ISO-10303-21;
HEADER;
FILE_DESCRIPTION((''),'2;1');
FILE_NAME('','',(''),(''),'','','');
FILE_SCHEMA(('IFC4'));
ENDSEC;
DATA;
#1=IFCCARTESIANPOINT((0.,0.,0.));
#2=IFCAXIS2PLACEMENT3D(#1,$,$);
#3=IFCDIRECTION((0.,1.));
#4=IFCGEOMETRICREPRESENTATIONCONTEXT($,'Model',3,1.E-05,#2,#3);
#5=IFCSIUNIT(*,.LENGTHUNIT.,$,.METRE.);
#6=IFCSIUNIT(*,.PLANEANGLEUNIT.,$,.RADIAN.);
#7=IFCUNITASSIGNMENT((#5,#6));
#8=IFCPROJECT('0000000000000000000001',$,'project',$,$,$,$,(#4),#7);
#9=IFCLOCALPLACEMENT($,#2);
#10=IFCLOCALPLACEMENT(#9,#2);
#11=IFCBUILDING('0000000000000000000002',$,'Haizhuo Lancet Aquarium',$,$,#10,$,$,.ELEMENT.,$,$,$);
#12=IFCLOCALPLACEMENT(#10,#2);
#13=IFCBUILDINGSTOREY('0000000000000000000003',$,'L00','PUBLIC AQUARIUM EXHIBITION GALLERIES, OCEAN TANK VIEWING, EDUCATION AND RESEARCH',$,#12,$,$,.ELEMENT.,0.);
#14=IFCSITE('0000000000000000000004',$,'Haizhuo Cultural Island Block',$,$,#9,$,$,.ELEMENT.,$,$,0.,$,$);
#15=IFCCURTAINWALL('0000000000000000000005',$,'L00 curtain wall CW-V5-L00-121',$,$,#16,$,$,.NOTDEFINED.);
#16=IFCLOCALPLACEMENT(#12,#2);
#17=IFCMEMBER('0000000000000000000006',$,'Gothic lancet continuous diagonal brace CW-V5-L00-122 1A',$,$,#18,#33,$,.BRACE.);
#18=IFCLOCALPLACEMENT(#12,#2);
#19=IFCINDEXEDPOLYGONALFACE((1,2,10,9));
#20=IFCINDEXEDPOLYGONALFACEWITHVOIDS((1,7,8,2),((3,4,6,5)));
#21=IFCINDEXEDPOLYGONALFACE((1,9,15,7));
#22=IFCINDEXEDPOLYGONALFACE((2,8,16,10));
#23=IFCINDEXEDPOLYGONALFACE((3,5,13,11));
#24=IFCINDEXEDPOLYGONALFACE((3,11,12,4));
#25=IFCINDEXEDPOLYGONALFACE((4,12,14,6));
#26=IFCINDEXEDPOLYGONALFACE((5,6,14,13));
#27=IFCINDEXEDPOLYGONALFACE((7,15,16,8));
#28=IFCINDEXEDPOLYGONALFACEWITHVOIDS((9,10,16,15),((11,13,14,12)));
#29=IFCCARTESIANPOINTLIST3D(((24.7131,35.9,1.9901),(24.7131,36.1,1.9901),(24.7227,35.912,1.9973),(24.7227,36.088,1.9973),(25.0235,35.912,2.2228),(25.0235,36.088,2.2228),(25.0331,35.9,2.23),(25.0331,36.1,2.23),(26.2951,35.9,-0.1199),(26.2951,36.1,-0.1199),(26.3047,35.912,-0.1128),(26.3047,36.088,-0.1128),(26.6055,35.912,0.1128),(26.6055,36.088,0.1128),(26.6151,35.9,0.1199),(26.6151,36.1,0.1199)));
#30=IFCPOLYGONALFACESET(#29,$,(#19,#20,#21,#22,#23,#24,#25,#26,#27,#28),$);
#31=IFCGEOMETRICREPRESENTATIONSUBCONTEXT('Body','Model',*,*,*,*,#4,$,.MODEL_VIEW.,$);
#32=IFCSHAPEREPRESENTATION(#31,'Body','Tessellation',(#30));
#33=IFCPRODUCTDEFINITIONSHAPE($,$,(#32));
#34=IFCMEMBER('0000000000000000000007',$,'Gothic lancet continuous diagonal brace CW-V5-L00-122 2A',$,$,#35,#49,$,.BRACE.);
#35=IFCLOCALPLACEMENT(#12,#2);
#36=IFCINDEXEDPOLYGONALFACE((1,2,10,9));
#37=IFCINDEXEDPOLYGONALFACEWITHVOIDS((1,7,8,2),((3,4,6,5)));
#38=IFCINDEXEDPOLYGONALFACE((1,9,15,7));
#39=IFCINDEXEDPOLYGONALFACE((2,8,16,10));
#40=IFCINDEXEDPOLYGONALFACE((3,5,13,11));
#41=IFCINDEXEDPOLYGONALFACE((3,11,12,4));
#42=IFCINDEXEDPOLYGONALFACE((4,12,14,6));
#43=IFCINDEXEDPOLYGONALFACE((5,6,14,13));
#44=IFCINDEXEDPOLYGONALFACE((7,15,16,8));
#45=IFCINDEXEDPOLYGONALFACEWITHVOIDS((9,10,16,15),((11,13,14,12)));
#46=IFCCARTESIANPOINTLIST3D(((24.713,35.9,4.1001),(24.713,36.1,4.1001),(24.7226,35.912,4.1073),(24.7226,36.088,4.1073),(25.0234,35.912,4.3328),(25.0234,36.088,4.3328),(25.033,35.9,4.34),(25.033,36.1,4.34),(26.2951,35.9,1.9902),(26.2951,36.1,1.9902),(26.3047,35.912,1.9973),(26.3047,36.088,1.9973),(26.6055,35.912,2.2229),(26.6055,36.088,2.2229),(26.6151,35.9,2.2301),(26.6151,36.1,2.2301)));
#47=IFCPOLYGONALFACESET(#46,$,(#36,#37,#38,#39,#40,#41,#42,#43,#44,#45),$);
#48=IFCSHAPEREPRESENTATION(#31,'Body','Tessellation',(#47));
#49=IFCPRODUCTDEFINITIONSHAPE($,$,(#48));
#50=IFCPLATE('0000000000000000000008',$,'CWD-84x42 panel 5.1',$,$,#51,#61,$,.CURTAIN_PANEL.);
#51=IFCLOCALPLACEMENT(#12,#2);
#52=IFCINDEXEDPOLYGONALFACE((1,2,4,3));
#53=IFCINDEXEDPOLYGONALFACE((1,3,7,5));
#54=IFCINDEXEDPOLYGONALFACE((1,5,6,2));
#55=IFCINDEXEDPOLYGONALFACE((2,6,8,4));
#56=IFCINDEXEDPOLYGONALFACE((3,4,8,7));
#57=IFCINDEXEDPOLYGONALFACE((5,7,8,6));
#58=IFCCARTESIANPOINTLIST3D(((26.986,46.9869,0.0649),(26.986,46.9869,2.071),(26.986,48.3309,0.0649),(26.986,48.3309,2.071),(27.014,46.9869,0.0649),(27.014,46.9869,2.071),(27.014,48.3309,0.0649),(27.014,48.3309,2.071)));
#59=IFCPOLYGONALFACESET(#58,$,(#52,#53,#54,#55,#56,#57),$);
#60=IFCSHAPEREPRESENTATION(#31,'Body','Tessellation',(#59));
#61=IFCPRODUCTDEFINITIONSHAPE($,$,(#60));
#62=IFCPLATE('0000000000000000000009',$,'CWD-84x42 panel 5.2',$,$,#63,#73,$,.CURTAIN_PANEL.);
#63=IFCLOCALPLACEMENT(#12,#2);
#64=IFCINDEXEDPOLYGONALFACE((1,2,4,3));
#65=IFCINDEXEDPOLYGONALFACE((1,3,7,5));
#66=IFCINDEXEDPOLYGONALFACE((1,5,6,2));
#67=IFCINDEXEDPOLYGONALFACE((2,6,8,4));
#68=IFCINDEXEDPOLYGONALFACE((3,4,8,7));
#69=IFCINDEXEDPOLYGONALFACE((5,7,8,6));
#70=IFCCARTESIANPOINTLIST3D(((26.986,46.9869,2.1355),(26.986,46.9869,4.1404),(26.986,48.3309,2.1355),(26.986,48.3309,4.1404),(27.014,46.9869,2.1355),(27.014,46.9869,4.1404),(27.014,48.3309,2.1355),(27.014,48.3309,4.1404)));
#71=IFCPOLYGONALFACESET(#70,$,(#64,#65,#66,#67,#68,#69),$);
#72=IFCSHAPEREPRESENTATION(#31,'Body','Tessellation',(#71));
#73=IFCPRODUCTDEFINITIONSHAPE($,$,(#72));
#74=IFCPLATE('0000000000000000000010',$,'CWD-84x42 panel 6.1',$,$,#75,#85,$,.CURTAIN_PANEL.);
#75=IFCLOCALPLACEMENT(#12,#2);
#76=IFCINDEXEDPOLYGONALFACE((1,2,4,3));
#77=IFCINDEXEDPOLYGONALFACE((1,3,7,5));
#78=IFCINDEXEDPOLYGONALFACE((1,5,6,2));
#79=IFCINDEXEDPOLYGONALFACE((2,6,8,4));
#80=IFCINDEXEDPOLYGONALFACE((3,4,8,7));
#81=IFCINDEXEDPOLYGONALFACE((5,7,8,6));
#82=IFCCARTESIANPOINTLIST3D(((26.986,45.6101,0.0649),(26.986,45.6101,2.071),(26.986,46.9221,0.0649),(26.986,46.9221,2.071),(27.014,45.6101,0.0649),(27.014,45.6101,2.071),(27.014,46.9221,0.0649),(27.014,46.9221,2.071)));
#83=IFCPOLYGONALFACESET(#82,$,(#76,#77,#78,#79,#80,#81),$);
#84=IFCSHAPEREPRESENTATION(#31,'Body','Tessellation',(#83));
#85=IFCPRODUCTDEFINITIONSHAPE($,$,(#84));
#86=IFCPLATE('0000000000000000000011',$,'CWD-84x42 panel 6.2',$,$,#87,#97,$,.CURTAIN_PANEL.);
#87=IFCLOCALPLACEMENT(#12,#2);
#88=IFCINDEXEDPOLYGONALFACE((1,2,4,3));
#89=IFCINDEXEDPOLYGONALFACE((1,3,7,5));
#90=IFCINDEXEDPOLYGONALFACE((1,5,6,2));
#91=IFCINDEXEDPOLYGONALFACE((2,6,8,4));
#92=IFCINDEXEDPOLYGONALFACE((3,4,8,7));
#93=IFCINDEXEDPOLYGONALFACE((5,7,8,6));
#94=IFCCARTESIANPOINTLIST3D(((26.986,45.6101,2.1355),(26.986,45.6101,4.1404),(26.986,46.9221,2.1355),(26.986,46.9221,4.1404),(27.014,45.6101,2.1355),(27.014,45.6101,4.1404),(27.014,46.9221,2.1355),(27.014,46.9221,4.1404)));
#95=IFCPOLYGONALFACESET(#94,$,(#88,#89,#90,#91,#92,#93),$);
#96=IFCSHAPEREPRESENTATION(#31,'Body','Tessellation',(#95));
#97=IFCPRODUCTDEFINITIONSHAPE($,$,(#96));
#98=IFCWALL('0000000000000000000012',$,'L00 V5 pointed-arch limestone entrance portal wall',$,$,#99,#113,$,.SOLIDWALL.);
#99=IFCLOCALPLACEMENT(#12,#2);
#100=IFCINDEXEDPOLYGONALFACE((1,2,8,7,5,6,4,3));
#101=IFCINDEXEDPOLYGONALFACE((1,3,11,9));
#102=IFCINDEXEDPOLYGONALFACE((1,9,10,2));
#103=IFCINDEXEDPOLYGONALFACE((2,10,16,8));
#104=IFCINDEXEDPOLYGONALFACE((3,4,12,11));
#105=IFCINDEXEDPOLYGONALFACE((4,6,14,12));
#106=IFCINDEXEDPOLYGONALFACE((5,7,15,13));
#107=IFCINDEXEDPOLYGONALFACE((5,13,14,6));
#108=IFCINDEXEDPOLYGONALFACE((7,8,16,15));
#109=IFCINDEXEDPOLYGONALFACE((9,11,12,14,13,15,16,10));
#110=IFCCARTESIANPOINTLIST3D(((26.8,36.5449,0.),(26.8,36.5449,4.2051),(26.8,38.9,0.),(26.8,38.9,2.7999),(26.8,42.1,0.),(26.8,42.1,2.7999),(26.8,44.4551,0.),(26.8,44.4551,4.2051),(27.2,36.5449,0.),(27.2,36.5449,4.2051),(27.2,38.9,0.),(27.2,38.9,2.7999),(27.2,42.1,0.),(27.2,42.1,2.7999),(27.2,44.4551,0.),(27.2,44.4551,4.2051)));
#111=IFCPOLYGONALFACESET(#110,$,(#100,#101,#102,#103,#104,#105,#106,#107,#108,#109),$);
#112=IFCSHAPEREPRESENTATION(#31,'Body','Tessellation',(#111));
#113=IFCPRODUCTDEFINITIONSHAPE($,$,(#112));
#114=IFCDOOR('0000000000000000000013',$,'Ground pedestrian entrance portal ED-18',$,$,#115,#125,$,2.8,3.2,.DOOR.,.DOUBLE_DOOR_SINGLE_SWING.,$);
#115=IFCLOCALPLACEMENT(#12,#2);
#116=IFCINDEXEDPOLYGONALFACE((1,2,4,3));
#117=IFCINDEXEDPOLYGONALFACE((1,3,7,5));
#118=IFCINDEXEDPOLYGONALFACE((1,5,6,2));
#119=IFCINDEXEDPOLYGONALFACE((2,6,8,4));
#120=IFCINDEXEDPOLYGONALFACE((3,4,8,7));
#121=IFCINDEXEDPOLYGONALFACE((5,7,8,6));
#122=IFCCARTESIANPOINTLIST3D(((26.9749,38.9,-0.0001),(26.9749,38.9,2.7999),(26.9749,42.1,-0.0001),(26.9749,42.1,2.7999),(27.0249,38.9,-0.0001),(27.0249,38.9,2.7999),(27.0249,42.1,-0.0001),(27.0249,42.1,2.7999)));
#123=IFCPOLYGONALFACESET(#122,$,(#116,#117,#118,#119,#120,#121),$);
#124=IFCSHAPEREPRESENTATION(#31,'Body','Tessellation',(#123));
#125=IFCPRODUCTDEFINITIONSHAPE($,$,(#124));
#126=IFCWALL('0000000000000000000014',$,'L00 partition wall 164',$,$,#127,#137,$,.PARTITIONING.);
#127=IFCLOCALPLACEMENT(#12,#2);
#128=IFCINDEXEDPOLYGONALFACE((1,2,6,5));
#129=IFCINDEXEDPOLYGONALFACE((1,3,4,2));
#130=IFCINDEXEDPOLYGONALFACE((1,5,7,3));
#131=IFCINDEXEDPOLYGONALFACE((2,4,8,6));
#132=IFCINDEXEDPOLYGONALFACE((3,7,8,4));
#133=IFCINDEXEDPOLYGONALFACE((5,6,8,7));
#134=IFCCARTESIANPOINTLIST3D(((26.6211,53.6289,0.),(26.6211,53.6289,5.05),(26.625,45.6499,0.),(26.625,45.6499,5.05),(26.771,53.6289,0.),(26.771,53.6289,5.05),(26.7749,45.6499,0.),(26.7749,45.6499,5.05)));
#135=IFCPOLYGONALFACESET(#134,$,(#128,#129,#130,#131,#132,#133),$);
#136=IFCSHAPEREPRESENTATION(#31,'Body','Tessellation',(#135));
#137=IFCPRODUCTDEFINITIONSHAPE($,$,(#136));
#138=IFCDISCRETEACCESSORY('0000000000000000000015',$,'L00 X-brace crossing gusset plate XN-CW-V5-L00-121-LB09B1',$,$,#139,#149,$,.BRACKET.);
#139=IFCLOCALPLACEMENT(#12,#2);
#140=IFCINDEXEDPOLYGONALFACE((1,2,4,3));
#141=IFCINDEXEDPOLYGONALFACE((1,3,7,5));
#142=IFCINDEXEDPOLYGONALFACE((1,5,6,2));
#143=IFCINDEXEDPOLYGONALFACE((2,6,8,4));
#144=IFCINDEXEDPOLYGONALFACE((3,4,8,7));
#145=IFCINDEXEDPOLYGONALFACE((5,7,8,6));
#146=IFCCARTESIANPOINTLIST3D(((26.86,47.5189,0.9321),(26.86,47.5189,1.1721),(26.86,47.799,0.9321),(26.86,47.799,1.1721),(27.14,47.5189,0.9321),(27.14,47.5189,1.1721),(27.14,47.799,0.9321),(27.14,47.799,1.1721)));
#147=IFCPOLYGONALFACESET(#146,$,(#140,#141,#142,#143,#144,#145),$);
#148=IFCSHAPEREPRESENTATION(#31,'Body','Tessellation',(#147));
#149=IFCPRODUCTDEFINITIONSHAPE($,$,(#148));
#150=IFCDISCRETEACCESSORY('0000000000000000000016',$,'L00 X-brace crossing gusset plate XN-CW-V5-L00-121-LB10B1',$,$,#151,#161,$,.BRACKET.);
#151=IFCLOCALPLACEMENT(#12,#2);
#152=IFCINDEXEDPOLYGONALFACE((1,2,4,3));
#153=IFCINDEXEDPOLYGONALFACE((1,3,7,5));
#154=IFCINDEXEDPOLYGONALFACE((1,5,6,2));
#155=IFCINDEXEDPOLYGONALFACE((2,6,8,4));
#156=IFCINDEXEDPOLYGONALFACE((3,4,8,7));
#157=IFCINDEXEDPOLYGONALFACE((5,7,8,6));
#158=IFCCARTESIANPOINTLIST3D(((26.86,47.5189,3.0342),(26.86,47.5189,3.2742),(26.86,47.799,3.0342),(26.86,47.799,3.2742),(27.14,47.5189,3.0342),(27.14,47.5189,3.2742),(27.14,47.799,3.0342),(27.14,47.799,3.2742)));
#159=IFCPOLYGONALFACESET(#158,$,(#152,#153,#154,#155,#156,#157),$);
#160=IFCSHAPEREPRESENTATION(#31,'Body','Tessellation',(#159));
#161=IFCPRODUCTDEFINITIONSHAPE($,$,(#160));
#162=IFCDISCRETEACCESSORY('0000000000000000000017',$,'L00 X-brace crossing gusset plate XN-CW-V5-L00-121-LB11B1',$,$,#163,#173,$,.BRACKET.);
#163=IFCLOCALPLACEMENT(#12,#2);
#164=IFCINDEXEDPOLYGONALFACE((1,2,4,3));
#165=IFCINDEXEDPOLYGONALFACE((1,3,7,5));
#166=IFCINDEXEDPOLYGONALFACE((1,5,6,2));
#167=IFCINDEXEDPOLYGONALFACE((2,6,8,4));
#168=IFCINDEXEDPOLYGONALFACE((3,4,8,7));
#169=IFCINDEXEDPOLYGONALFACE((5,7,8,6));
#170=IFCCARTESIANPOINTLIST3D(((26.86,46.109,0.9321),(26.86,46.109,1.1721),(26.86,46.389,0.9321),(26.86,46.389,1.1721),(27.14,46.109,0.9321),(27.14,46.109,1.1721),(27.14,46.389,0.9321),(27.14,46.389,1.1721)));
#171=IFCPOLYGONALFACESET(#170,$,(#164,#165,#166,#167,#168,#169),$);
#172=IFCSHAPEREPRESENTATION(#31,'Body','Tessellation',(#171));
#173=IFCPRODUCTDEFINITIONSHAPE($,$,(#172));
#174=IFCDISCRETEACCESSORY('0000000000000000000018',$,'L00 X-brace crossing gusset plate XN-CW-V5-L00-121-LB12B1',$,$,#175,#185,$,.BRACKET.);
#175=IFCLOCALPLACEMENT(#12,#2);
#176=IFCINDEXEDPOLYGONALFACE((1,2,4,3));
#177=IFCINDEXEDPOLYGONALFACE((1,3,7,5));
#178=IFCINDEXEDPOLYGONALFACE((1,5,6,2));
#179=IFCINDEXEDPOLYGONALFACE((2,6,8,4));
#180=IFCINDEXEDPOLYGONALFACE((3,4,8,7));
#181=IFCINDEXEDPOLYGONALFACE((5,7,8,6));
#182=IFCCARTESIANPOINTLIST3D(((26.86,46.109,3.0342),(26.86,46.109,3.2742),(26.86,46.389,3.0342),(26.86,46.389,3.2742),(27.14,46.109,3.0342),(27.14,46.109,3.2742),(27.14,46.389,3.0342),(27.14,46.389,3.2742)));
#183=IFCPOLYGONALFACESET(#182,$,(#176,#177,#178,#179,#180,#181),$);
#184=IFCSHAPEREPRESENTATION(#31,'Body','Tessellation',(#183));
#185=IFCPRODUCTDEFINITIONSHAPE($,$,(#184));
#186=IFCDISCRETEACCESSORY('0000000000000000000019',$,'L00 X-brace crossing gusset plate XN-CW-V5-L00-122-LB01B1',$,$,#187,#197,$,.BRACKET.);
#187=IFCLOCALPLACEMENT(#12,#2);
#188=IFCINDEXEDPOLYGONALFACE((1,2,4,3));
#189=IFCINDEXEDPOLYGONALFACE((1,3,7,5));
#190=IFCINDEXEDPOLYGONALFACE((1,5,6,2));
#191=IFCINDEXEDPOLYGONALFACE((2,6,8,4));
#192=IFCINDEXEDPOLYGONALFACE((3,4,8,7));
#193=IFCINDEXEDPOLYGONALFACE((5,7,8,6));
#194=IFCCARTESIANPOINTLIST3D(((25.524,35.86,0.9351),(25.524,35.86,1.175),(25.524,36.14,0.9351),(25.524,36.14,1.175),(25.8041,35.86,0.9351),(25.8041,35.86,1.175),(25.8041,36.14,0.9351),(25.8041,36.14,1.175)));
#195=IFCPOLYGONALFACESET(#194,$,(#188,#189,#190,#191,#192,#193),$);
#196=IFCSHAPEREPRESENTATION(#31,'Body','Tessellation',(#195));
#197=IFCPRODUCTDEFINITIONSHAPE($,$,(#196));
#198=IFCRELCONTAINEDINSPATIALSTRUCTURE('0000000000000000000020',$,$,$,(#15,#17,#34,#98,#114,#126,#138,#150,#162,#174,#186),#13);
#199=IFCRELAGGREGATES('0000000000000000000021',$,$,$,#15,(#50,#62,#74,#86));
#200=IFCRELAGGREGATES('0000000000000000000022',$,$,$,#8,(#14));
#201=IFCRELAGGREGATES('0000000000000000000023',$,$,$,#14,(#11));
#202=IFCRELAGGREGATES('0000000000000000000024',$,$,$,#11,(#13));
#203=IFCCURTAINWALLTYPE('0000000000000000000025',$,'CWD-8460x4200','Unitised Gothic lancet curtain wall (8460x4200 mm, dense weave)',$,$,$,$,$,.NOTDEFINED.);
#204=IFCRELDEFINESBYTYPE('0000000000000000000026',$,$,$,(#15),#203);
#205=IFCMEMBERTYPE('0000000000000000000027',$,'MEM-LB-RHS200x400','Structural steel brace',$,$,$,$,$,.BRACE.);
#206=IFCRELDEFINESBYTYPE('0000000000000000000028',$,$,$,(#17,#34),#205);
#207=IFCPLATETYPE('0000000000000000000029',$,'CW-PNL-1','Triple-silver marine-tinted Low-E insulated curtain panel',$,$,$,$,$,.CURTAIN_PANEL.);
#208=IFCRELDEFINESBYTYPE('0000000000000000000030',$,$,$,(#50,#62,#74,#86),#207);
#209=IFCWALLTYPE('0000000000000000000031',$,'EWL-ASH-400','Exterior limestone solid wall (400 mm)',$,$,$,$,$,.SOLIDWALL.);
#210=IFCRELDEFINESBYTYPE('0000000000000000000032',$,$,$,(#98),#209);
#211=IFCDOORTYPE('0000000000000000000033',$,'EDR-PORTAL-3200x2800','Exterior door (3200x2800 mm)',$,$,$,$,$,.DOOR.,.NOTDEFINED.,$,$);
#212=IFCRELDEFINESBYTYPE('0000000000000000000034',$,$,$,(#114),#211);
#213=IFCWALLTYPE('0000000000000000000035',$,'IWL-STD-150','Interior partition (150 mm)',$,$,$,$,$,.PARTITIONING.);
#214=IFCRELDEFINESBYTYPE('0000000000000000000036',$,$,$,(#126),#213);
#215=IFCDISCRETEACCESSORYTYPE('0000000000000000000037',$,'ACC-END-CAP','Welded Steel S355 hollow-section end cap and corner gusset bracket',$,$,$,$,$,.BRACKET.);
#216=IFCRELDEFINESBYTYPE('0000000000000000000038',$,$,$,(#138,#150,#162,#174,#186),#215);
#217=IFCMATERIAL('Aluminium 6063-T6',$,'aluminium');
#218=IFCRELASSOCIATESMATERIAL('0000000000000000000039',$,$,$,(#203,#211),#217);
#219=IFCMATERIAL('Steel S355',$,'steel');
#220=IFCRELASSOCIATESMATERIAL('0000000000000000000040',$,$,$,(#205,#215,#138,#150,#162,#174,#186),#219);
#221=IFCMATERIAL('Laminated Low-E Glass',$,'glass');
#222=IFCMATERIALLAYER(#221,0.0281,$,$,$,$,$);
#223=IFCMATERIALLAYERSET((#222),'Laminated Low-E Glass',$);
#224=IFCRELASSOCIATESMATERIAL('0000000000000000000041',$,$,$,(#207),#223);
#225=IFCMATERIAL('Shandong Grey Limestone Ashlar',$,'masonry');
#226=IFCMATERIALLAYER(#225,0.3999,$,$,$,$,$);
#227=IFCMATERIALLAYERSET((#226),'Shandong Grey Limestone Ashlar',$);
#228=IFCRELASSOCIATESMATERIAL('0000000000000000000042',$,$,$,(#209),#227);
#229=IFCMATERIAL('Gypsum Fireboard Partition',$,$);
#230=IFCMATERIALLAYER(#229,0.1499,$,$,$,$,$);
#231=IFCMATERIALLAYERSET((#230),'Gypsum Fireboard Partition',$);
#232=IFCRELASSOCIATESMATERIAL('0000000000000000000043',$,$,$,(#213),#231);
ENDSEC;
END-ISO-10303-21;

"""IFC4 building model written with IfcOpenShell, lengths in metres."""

from ifc_helpers import new_model, si_unit, direction, frame, frame_2d, origin, origin_2d, place, context, subcontext, project, spatial, rectangle, hollow_rectangle, extrude, material, layer, layer_set, material_profile, profile_set, type_object, element, fill, aggregate, save


model = new_model("IFC4")

# Units and contexts
model_context = context("Model", 3, precision=1e-05, world=origin(), true_north=direction((0.0, 1.0)))
body_context = subcontext(model_context, "Body", "Model", "MODEL_VIEW")
ifc_project = project(units=[si_unit("LENGTHUNIT", "METRE"), si_unit("PLANEANGLEUNIT", "RADIAN")], contexts=[model_context])

# Site, building, storey
site_placement = place(None, origin())
site = spatial("IfcSite", under=ifc_project, at=site_placement, Name="Haizhuo Cultural Island Block", CompositionType="ELEMENT", RefElevation=0.0)
building_placement = place(site_placement, origin())
building = spatial("IfcBuilding", under=site, at=building_placement, Name="Haizhuo Lancet Aquarium", CompositionType="ELEMENT")
storey_placement = place(building_placement, origin())
storey = spatial("IfcBuildingStorey", under=building, at=storey_placement, Name="L00", Description="PUBLIC AQUARIUM EXHIBITION GALLERIES, OCEAN TANK VIEWING, EDUCATION AND RESEARCH", CompositionType="ELEMENT", Elevation=0.0)

# Curtain wall
ifc_material_1 = material(Name="Aluminium 6063-T6", Category="aluminium")
curtain_wall_type_1 = type_object("IfcCurtainWallType", Name="CWD-8460x4200", Description="Unitised Gothic lancet curtain wall (8460x4200 mm, dense weave)", PredefinedType="NOTDEFINED", material=ifc_material_1)
curtain_wall_1_placement = place(storey_placement, origin())
curtain_wall_1 = element("IfcCurtainWall", 1, at=curtain_wall_1_placement, inside=storey, type_object=curtain_wall_type_1, Name="L00 curtain wall CW-V5-L00-121", PredefinedType="NOTDEFINED")

# Members
ifc_material_2 = material(Name="Steel S355", Category="steel")
ifc_material_profile_1 = material_profile(ifc_material_2, hollow_rectangle(XDim=0.2, YDim=0.3999, WallThickness=0.012, at=origin_2d()), Name="RHS 200x400x12")
ifc_profile_set_1 = profile_set([ifc_material_profile_1], Name="Steel S355")
member_type_1 = type_object("IfcMemberType", Name="MEM-LB-RHS200x400", Description="Structural steel brace", PredefinedType="BRACE", material=ifc_profile_set_1)
for number, where, z_axis, x_axis, name in (
    (2, (26.4551, 36.0, 0.0), (-0.599867, 0.0, 0.8001), (0.0, -1.0, 0.0), "Gothic lancet continuous diagonal brace CW-V5-L00-122 1A"),
    (3, (26.4551, 36.0, 2.1101), (-0.599911, 0.0, 0.800067), (0.0, -1.0, 0.0), "Gothic lancet continuous diagonal brace CW-V5-L00-122 2A"),
):
    element("IfcMember", number, at=place(storey_placement, frame(where, z_axis=z_axis, x_axis=x_axis)), inside=storey, type_object=member_type_1, Name=name, PredefinedType="BRACE", context=body_context, shape_type="SweptSolid", body=[
        extrude(hollow_rectangle(XDim=0.2, YDim=0.3999, WallThickness=0.012, at=origin_2d()), origin(), (0.0, 0.0, 1.0), 2.6372),
    ])

# Plates
ifc_material_3 = material(Name="Laminated Low-E Glass", Category="glass")
ifc_layer_1 = layer(ifc_material_3, 0.0281)
ifc_layer_set_1 = layer_set([ifc_layer_1], Name="Laminated Low-E Glass")
plate_type = type_object("IfcPlateType", Name="CW-PNL-1", Description="Triple-silver marine-tinted Low-E insulated curtain panel", PredefinedType="CURTAIN_PANEL", material=ifc_layer_set_1)
plate_1_placement = place(storey_placement, frame((27.0, 47.6589, 0.0649), z_axis=(0.0, 0.0, 1.0), x_axis=(0.0, -1.0, 0.0)))
plate_1 = element("IfcPlate", 4, at=plate_1_placement, type_object=plate_type, Name="CWD-84x42 panel 5.1", PredefinedType="CURTAIN_PANEL", context=body_context, shape_type="SweptSolid", body=[
    extrude(rectangle(XDim=1.344, YDim=0.0281, at=origin_2d()), origin(), (0.0, 0.0, 1.0), 2.0061),
])
plate_2_placement = place(storey_placement, frame((27.0, 47.6589, 2.1355), z_axis=(0.0, 0.0, 1.0), x_axis=(0.0, -1.0, 0.0)))
plate_2 = element("IfcPlate", 5, at=plate_2_placement, type_object=plate_type, Name="CWD-84x42 panel 5.2", PredefinedType="CURTAIN_PANEL", context=body_context, shape_type="SweptSolid", body=[
    extrude(rectangle(XDim=1.344, YDim=0.0281, at=origin_2d()), origin(), (0.0, 0.0, 1.0), 2.0049),
])
plate_3_placement = place(storey_placement, frame((27.0, 46.2661, 0.0649), z_axis=(0.0, 0.0, 1.0), x_axis=(0.0, -1.0, 0.0)))
plate_3 = element("IfcPlate", 6, at=plate_3_placement, type_object=plate_type, Name="CWD-84x42 panel 6.1", PredefinedType="CURTAIN_PANEL", context=body_context, shape_type="SweptSolid", body=[
    extrude(rectangle(XDim=1.312, YDim=0.0281, at=origin_2d()), origin(), (0.0, 0.0, 1.0), 2.0061),
])
plate_4_placement = place(storey_placement, frame((27.0, 46.2661, 2.1355), z_axis=(0.0, 0.0, 1.0), x_axis=(0.0, -1.0, 0.0)))
plate_4 = element("IfcPlate", 7, at=plate_4_placement, type_object=plate_type, Name="CWD-84x42 panel 6.2", PredefinedType="CURTAIN_PANEL", context=body_context, shape_type="SweptSolid", body=[
    extrude(rectangle(XDim=1.312, YDim=0.0281, at=origin_2d()), origin(), (0.0, 0.0, 1.0), 2.0049),
])
aggregate(curtain_wall_1, [plate_1, plate_2, plate_3, plate_4])

# Wall, opening, door
ifc_material_4 = material(Name="Shandong Grey Limestone Ashlar", Category="masonry")
ifc_layer_2 = layer(ifc_material_4, 0.3999)
ifc_layer_set_2 = layer_set([ifc_layer_2], Name="Shandong Grey Limestone Ashlar")
wall_type_1 = type_object("IfcWallType", Name="EWL-ASH-400", Description="Exterior limestone solid wall (400 mm)", PredefinedType="SOLIDWALL", material=ifc_layer_set_2)
wall_1_placement = place(storey_placement, frame((27.0, 44.4551, 0.0), z_axis=(0.0, 0.0, 1.0), x_axis=(0.0, -1.0, 0.0)))
wall_1 = element("IfcWall", 8, at=wall_1_placement, inside=storey, type_object=wall_type_1, Name="L00 V5 pointed-arch limestone entrance portal wall", PredefinedType="SOLIDWALL", context=body_context, shape_type="SweptSolid", body=[
    extrude(rectangle(XDim=7.9102, YDim=0.3999, at=frame_2d((3.9551, 0.0))), origin(), (0.0, 0.0, 1.0), 4.2051),
])
opening_placement = place(wall_1_placement, frame((2.355, 0.0, 0.0)))
opening = element("IfcOpeningElement", 9, at=opening_placement, cuts=wall_1, PredefinedType="OPENING", context=body_context, shape_type="SweptSolid", body=[
    extrude(rectangle(XDim=3.2, YDim=2.8, at=frame_2d((1.6001, 1.3999))), frame((0.0, 0.21, 0.0), z_axis=(0.0, -1.0, 0.0), x_axis=(1.0, 0.0, 0.0)), (0.0, 0.0, 1.0), 0.4199),
])
door_type = type_object("IfcDoorType", Name="EDR-PORTAL-3200x2800", Description="Exterior door (3200x2800 mm)", OperationType="NOTDEFINED", PredefinedType="DOOR", material=ifc_material_1)
door_placement = place(opening_placement, origin())
door = element("IfcDoor", 10, at=door_placement, inside=storey, type_object=door_type, Name="Ground pedestrian entrance portal ED-18", OperationType="DOUBLE_DOOR_SINGLE_SWING", OverallHeight=2.8, OverallWidth=3.2, PredefinedType="DOOR", context=body_context, shape_type="SweptSolid", body=[
    extrude(rectangle(XDim=3.2, YDim=2.8, at=frame_2d((1.6001, 1.3999))), frame((0.0, 0.0249, 0.0), z_axis=(0.0, -1.0, 0.0), x_axis=(1.0, 0.0, 0.0)), (0.0, 0.0, 1.0), 0.05),
])
fill(opening, door)

# Wall
ifc_material_5 = material(Name="Gypsum Fireboard Partition")
ifc_layer_3 = layer(ifc_material_5, 0.1499)
ifc_layer_set_3 = layer_set([ifc_layer_3], Name="Gypsum Fireboard Partition")
wall_type_2 = type_object("IfcWallType", Name="IWL-STD-150", Description="Interior partition (150 mm)", PredefinedType="PARTITIONING", material=ifc_layer_set_3)
wall_2_placement = place(storey_placement, frame((26.7, 45.6499, 0.0), z_axis=(0.0, 0.0, 1.0), x_axis=(-0.00049, 1.0, 0.0)))
element("IfcWall", 11, at=wall_2_placement, inside=storey, type_object=wall_type_2, Name="L00 partition wall 164", PredefinedType="PARTITIONING", context=body_context, shape_type="SweptSolid", body=[
    extrude(rectangle(XDim=7.979, YDim=0.1499, at=frame_2d((3.9895, 0.0))), origin(), (0.0, 0.0, 1.0), 5.05),
])

# Discrete accessories
discrete_accessory_type = type_object("IfcDiscreteAccessoryType", Name="ACC-END-CAP", Description="Welded Steel S355 hollow-section end cap and corner gusset bracket", PredefinedType="BRACKET", material=ifc_material_2)
for number, where, z_axis, x_axis, name in (
    (12, (27.0, 47.6589, 0.9321), (0.0, 0.0, 1.0), (1.0, 0.0, 0.0), "L00 X-brace crossing gusset plate XN-CW-V5-L00-121-LB09B1"),
    (13, (27.0, 47.6589, 3.0342), (0.0, 0.0, 1.0), (1.0, 0.0, 0.0), "L00 X-brace crossing gusset plate XN-CW-V5-L00-121-LB10B1"),
    (14, (27.0, 46.249, 0.9321), (0.0, 0.0, 1.0), (1.0, 0.0, 0.0), "L00 X-brace crossing gusset plate XN-CW-V5-L00-121-LB11B1"),
    (15, (27.0, 46.249, 3.0342), (0.0, 0.0, 1.0), (1.0, 0.0, 0.0), "L00 X-brace crossing gusset plate XN-CW-V5-L00-121-LB12B1"),
    (16, (25.6641, 36.0, 0.9351), (0.0, 0.0, 1.0), (1.0, 0.0, 0.0), "L00 X-brace crossing gusset plate XN-CW-V5-L00-122-LB01B1"),
):
    element("IfcDiscreteAccessory", number, at=place(storey_placement, frame(where, z_axis=z_axis, x_axis=x_axis)), inside=storey, type_object=discrete_accessory_type, material=ifc_material_2, Name=name, PredefinedType="BRACKET", context=body_context, shape_type="SweptSolid", body=[
        extrude(rectangle(XDim=0.28, YDim=0.28, at=origin_2d()), origin(), (0.0, 0.0, 1.0), 0.24),
    ])

save(model, "model.ifc")
